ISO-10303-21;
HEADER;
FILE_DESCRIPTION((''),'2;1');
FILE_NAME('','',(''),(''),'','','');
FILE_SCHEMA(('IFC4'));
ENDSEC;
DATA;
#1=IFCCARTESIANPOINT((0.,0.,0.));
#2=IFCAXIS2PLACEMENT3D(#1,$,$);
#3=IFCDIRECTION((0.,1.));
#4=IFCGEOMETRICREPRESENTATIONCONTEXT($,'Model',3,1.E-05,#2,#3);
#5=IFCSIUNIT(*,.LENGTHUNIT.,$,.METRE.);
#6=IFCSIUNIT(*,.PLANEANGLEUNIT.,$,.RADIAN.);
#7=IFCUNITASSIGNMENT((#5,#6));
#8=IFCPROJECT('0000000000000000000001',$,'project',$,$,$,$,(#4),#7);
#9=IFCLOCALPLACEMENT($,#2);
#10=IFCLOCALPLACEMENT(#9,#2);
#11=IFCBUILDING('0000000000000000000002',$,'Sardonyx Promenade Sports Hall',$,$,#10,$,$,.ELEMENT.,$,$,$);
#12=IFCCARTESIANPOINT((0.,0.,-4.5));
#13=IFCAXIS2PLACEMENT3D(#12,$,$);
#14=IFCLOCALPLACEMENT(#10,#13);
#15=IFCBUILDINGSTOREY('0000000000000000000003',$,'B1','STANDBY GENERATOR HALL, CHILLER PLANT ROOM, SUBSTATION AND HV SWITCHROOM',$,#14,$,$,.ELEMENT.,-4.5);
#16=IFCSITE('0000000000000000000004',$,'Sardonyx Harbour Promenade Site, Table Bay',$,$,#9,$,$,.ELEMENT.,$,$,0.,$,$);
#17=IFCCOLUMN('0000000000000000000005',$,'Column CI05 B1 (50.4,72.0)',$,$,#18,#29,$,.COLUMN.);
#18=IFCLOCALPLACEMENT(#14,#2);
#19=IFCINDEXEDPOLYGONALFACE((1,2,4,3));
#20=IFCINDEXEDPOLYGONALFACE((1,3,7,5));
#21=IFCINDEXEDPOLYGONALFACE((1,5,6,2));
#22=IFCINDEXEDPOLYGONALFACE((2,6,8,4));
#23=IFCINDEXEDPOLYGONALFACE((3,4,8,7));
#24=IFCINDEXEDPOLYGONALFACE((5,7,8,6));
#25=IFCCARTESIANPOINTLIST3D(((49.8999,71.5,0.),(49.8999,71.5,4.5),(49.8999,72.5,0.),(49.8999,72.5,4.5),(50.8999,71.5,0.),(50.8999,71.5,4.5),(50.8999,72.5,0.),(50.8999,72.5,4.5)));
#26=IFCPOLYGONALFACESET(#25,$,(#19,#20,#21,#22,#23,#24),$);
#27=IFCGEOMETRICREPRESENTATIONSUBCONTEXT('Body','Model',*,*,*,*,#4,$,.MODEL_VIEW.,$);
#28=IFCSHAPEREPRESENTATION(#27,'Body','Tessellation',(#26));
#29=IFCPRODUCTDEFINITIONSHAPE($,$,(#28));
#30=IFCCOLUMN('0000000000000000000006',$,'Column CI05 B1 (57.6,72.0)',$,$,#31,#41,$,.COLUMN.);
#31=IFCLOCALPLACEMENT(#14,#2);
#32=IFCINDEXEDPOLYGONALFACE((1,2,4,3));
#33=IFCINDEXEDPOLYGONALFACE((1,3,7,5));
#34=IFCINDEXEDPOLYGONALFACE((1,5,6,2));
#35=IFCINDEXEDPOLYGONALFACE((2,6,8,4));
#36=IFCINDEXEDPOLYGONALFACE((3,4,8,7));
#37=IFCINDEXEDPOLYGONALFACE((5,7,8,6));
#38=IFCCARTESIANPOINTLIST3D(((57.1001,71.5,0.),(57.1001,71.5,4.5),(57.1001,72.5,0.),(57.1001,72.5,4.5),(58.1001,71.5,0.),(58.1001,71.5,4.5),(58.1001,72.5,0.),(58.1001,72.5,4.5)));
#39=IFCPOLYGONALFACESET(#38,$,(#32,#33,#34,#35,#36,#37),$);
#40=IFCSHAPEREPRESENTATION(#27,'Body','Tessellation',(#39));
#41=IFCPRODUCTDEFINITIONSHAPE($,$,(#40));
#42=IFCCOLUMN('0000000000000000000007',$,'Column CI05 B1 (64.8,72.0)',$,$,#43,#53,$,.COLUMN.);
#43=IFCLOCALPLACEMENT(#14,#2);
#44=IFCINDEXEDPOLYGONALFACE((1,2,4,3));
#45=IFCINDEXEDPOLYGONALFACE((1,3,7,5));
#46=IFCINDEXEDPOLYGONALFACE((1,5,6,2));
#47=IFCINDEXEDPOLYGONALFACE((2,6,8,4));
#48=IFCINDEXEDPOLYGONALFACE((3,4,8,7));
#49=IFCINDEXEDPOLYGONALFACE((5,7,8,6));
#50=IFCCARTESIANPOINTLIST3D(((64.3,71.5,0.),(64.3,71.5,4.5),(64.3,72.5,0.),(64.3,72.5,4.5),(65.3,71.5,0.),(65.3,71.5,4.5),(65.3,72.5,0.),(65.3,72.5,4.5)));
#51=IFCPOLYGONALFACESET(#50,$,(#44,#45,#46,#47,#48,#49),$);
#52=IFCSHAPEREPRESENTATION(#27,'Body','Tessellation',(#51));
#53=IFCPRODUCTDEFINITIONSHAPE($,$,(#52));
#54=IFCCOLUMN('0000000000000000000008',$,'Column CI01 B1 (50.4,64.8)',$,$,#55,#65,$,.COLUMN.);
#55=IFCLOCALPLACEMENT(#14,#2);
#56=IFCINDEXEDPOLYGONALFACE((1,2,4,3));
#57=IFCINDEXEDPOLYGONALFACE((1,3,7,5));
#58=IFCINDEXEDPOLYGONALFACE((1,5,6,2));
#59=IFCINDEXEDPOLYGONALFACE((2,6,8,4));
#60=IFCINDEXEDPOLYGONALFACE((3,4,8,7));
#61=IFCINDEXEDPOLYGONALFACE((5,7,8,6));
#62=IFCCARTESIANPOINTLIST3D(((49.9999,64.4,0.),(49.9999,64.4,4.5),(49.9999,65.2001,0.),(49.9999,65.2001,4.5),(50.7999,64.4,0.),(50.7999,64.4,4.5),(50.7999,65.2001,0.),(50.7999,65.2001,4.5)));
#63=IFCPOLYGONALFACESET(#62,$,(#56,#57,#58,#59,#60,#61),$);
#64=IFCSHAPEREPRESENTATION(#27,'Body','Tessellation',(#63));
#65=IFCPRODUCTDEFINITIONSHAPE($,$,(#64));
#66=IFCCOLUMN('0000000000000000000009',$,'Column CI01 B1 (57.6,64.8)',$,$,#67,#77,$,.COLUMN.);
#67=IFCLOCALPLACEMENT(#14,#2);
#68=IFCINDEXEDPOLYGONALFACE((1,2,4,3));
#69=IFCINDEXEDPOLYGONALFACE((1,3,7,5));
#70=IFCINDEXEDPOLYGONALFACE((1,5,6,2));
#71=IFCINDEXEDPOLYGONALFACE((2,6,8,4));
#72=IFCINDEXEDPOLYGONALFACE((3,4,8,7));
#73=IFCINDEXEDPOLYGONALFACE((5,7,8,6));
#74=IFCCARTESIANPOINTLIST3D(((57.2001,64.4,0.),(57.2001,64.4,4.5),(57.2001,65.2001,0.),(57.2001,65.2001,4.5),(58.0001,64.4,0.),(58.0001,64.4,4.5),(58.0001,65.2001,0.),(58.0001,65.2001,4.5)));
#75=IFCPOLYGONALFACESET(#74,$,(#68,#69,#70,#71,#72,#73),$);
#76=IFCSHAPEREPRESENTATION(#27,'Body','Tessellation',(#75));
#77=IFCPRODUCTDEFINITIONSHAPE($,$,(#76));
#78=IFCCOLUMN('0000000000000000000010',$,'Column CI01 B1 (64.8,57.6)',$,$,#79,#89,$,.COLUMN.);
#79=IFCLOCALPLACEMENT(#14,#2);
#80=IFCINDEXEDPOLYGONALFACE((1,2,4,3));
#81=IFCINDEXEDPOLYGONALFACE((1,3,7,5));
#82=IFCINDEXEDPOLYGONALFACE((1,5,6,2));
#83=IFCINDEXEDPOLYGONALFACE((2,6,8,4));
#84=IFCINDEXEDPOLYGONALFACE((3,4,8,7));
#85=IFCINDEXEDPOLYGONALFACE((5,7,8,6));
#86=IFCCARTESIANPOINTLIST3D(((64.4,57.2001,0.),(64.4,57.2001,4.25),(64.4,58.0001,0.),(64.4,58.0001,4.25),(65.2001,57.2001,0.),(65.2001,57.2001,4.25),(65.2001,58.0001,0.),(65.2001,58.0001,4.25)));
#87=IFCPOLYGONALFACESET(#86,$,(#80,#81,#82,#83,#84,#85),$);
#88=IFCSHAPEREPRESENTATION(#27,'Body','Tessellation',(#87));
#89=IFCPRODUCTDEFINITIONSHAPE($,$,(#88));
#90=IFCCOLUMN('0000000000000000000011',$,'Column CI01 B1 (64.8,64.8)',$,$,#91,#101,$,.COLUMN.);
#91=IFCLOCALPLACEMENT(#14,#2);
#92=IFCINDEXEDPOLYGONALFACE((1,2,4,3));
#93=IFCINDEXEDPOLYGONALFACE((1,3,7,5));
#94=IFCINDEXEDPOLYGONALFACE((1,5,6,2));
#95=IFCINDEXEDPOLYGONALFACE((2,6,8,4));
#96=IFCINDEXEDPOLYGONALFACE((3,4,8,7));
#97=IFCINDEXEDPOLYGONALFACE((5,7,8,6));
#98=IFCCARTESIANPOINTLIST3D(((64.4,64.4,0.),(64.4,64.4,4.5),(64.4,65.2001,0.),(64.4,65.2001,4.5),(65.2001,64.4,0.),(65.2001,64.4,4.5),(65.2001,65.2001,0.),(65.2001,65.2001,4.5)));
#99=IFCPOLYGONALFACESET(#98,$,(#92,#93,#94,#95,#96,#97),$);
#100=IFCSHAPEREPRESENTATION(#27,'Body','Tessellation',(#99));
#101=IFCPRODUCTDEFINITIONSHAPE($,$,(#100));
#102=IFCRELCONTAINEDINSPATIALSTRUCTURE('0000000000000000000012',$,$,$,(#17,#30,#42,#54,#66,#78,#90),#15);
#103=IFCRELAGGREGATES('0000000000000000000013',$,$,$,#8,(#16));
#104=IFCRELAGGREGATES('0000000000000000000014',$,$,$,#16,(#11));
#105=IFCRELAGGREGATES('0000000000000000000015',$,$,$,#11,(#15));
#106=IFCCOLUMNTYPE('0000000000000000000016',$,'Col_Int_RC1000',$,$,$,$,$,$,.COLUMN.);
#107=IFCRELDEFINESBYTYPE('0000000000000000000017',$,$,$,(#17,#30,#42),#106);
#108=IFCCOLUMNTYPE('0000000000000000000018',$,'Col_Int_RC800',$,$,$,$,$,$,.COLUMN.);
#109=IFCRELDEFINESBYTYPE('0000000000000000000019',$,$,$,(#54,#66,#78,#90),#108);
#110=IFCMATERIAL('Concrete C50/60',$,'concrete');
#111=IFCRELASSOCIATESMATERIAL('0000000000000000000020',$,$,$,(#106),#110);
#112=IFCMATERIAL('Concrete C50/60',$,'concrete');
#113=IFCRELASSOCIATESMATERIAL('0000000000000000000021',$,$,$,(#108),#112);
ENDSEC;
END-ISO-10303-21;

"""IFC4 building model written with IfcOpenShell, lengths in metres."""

from ifc_helpers import new_model, si_unit, direction, frame, origin, origin_2d, place, context, subcontext, project, spatial, rectangle, extrude, material, material_profile, profile_set, type_object, element, save


model = new_model("IFC4")

# Units and contexts
model_context = context("Model", 3, precision=1e-05, world=origin(), true_north=direction((0.0, 1.0)))
body_context = subcontext(model_context, "Body", "Model", "MODEL_VIEW")
ifc_project = project(units=[si_unit("LENGTHUNIT", "METRE"), si_unit("PLANEANGLEUNIT", "RADIAN")], contexts=[model_context])

# Site, building, storey
site_placement = place(None, origin())
site = spatial("IfcSite", under=ifc_project, at=site_placement, Name="Sardonyx Harbour Promenade Site, Table Bay", CompositionType="ELEMENT", RefElevation=0.0)
building_placement = place(site_placement, origin())
building = spatial("IfcBuilding", under=site, at=building_placement, Name="Sardonyx Promenade Sports Hall", CompositionType="ELEMENT")
storey_placement = place(building_placement, frame((0.0, 0.0, -4.5)))
storey = spatial("IfcBuildingStorey", under=building, at=storey_placement, Name="B1", Description="STANDBY GENERATOR HALL, CHILLER PLANT ROOM, SUBSTATION AND HV SWITCHROOM", CompositionType="ELEMENT", Elevation=-4.5)

# Columns
ifc_material_1 = material(Name="Concrete C50/60", Category="concrete")
ifc_material_profile_1 = material_profile(ifc_material_1, rectangle(XDim=1.0, YDim=1.0, at=origin_2d()))
ifc_profile_set_1 = profile_set([ifc_material_profile_1], Name="Concrete C50/60")
column_type_1 = type_object("IfcColumnType", Name="Col_Int_RC1000", PredefinedType="COLUMN", material=ifc_profile_set_1)
for number, where, z_axis, x_axis, name in (
    (1, (50.3999, 72.0, 0.0), (0.0, 0.0, 1.0), (1.0, 0.0, 0.0), "Column CI05 B1 (50.4,72.0)"),
    (2, (57.6001, 72.0, 0.0), (0.0, 0.0, 1.0), (1.0, 0.0, 0.0), "Column CI05 B1 (57.6,72.0)"),
    (3, (64.8, 72.0, 0.0), (0.0, 0.0, 1.0), (1.0, 0.0, 0.0), "Column CI05 B1 (64.8,72.0)"),
):
    element("IfcColumn", number, at=place(storey_placement, frame(where, z_axis=z_axis, x_axis=x_axis)), inside=storey, type_object=column_type_1, Name=name, PredefinedType="COLUMN", context=body_context, shape_type="SweptSolid", body=[
        extrude(rectangle(XDim=1.0, YDim=1.0, at=origin_2d()), origin(), (0.0, 0.0, 1.0), 4.5),
    ])
ifc_material_2 = material(Name="Concrete C50/60", Category="concrete")
ifc_material_profile_2 = material_profile(ifc_material_2, rectangle(XDim=0.8, YDim=0.8, at=origin_2d()))
ifc_profile_set_2 = profile_set([ifc_material_profile_2], Name="Concrete C50/60")
column_type_2 = type_object("IfcColumnType", Name="Col_Int_RC800", PredefinedType="COLUMN", material=ifc_profile_set_2)
for number, where, z_axis, x_axis, name in (
    (4, (50.3999, 64.8, 0.0), (0.0, 0.0, 1.0), (1.0, 0.0, 0.0), "Column CI01 B1 (50.4,64.8)"),
    (5, (57.6001, 64.8, 0.0), (0.0, 0.0, 1.0), (1.0, 0.0, 0.0), "Column CI01 B1 (57.6,64.8)"),
):
    element("IfcColumn", number, at=place(storey_placement, frame(where, z_axis=z_axis, x_axis=x_axis)), inside=storey, type_object=column_type_2, Name=name, PredefinedType="COLUMN", context=body_context, shape_type="SweptSolid", body=[
        extrude(rectangle(XDim=0.8, YDim=0.8, at=origin_2d()), origin(), (0.0, 0.0, 1.0), 4.5),
    ])
column_1_placement = place(storey_placement, frame((64.8, 57.6001, 0.0), z_axis=(0.0, 0.0, 1.0), x_axis=(1.0, 0.0, 0.0)))
element("IfcColumn", 6, at=column_1_placement, inside=storey, type_object=column_type_2, Name="Column CI01 B1 (64.8,57.6)", PredefinedType="COLUMN", context=body_context, shape_type="SweptSolid", body=[
    extrude(rectangle(XDim=0.8, YDim=0.8, at=origin_2d()), origin(), (0.0, 0.0, 1.0), 4.25),
])
column_2_placement = place(storey_placement, frame((64.8, 64.8, 0.0), z_axis=(0.0, 0.0, 1.0), x_axis=(1.0, 0.0, 0.0)))
element("IfcColumn", 7, at=column_2_placement, inside=storey, type_object=column_type_2, Name="Column CI01 B1 (64.8,64.8)", PredefinedType="COLUMN", context=body_context, shape_type="SweptSolid", body=[
    extrude(rectangle(XDim=0.8, YDim=0.8, at=origin_2d()), origin(), (0.0, 0.0, 1.0), 4.5),
])

save(model, "model.ifc")
